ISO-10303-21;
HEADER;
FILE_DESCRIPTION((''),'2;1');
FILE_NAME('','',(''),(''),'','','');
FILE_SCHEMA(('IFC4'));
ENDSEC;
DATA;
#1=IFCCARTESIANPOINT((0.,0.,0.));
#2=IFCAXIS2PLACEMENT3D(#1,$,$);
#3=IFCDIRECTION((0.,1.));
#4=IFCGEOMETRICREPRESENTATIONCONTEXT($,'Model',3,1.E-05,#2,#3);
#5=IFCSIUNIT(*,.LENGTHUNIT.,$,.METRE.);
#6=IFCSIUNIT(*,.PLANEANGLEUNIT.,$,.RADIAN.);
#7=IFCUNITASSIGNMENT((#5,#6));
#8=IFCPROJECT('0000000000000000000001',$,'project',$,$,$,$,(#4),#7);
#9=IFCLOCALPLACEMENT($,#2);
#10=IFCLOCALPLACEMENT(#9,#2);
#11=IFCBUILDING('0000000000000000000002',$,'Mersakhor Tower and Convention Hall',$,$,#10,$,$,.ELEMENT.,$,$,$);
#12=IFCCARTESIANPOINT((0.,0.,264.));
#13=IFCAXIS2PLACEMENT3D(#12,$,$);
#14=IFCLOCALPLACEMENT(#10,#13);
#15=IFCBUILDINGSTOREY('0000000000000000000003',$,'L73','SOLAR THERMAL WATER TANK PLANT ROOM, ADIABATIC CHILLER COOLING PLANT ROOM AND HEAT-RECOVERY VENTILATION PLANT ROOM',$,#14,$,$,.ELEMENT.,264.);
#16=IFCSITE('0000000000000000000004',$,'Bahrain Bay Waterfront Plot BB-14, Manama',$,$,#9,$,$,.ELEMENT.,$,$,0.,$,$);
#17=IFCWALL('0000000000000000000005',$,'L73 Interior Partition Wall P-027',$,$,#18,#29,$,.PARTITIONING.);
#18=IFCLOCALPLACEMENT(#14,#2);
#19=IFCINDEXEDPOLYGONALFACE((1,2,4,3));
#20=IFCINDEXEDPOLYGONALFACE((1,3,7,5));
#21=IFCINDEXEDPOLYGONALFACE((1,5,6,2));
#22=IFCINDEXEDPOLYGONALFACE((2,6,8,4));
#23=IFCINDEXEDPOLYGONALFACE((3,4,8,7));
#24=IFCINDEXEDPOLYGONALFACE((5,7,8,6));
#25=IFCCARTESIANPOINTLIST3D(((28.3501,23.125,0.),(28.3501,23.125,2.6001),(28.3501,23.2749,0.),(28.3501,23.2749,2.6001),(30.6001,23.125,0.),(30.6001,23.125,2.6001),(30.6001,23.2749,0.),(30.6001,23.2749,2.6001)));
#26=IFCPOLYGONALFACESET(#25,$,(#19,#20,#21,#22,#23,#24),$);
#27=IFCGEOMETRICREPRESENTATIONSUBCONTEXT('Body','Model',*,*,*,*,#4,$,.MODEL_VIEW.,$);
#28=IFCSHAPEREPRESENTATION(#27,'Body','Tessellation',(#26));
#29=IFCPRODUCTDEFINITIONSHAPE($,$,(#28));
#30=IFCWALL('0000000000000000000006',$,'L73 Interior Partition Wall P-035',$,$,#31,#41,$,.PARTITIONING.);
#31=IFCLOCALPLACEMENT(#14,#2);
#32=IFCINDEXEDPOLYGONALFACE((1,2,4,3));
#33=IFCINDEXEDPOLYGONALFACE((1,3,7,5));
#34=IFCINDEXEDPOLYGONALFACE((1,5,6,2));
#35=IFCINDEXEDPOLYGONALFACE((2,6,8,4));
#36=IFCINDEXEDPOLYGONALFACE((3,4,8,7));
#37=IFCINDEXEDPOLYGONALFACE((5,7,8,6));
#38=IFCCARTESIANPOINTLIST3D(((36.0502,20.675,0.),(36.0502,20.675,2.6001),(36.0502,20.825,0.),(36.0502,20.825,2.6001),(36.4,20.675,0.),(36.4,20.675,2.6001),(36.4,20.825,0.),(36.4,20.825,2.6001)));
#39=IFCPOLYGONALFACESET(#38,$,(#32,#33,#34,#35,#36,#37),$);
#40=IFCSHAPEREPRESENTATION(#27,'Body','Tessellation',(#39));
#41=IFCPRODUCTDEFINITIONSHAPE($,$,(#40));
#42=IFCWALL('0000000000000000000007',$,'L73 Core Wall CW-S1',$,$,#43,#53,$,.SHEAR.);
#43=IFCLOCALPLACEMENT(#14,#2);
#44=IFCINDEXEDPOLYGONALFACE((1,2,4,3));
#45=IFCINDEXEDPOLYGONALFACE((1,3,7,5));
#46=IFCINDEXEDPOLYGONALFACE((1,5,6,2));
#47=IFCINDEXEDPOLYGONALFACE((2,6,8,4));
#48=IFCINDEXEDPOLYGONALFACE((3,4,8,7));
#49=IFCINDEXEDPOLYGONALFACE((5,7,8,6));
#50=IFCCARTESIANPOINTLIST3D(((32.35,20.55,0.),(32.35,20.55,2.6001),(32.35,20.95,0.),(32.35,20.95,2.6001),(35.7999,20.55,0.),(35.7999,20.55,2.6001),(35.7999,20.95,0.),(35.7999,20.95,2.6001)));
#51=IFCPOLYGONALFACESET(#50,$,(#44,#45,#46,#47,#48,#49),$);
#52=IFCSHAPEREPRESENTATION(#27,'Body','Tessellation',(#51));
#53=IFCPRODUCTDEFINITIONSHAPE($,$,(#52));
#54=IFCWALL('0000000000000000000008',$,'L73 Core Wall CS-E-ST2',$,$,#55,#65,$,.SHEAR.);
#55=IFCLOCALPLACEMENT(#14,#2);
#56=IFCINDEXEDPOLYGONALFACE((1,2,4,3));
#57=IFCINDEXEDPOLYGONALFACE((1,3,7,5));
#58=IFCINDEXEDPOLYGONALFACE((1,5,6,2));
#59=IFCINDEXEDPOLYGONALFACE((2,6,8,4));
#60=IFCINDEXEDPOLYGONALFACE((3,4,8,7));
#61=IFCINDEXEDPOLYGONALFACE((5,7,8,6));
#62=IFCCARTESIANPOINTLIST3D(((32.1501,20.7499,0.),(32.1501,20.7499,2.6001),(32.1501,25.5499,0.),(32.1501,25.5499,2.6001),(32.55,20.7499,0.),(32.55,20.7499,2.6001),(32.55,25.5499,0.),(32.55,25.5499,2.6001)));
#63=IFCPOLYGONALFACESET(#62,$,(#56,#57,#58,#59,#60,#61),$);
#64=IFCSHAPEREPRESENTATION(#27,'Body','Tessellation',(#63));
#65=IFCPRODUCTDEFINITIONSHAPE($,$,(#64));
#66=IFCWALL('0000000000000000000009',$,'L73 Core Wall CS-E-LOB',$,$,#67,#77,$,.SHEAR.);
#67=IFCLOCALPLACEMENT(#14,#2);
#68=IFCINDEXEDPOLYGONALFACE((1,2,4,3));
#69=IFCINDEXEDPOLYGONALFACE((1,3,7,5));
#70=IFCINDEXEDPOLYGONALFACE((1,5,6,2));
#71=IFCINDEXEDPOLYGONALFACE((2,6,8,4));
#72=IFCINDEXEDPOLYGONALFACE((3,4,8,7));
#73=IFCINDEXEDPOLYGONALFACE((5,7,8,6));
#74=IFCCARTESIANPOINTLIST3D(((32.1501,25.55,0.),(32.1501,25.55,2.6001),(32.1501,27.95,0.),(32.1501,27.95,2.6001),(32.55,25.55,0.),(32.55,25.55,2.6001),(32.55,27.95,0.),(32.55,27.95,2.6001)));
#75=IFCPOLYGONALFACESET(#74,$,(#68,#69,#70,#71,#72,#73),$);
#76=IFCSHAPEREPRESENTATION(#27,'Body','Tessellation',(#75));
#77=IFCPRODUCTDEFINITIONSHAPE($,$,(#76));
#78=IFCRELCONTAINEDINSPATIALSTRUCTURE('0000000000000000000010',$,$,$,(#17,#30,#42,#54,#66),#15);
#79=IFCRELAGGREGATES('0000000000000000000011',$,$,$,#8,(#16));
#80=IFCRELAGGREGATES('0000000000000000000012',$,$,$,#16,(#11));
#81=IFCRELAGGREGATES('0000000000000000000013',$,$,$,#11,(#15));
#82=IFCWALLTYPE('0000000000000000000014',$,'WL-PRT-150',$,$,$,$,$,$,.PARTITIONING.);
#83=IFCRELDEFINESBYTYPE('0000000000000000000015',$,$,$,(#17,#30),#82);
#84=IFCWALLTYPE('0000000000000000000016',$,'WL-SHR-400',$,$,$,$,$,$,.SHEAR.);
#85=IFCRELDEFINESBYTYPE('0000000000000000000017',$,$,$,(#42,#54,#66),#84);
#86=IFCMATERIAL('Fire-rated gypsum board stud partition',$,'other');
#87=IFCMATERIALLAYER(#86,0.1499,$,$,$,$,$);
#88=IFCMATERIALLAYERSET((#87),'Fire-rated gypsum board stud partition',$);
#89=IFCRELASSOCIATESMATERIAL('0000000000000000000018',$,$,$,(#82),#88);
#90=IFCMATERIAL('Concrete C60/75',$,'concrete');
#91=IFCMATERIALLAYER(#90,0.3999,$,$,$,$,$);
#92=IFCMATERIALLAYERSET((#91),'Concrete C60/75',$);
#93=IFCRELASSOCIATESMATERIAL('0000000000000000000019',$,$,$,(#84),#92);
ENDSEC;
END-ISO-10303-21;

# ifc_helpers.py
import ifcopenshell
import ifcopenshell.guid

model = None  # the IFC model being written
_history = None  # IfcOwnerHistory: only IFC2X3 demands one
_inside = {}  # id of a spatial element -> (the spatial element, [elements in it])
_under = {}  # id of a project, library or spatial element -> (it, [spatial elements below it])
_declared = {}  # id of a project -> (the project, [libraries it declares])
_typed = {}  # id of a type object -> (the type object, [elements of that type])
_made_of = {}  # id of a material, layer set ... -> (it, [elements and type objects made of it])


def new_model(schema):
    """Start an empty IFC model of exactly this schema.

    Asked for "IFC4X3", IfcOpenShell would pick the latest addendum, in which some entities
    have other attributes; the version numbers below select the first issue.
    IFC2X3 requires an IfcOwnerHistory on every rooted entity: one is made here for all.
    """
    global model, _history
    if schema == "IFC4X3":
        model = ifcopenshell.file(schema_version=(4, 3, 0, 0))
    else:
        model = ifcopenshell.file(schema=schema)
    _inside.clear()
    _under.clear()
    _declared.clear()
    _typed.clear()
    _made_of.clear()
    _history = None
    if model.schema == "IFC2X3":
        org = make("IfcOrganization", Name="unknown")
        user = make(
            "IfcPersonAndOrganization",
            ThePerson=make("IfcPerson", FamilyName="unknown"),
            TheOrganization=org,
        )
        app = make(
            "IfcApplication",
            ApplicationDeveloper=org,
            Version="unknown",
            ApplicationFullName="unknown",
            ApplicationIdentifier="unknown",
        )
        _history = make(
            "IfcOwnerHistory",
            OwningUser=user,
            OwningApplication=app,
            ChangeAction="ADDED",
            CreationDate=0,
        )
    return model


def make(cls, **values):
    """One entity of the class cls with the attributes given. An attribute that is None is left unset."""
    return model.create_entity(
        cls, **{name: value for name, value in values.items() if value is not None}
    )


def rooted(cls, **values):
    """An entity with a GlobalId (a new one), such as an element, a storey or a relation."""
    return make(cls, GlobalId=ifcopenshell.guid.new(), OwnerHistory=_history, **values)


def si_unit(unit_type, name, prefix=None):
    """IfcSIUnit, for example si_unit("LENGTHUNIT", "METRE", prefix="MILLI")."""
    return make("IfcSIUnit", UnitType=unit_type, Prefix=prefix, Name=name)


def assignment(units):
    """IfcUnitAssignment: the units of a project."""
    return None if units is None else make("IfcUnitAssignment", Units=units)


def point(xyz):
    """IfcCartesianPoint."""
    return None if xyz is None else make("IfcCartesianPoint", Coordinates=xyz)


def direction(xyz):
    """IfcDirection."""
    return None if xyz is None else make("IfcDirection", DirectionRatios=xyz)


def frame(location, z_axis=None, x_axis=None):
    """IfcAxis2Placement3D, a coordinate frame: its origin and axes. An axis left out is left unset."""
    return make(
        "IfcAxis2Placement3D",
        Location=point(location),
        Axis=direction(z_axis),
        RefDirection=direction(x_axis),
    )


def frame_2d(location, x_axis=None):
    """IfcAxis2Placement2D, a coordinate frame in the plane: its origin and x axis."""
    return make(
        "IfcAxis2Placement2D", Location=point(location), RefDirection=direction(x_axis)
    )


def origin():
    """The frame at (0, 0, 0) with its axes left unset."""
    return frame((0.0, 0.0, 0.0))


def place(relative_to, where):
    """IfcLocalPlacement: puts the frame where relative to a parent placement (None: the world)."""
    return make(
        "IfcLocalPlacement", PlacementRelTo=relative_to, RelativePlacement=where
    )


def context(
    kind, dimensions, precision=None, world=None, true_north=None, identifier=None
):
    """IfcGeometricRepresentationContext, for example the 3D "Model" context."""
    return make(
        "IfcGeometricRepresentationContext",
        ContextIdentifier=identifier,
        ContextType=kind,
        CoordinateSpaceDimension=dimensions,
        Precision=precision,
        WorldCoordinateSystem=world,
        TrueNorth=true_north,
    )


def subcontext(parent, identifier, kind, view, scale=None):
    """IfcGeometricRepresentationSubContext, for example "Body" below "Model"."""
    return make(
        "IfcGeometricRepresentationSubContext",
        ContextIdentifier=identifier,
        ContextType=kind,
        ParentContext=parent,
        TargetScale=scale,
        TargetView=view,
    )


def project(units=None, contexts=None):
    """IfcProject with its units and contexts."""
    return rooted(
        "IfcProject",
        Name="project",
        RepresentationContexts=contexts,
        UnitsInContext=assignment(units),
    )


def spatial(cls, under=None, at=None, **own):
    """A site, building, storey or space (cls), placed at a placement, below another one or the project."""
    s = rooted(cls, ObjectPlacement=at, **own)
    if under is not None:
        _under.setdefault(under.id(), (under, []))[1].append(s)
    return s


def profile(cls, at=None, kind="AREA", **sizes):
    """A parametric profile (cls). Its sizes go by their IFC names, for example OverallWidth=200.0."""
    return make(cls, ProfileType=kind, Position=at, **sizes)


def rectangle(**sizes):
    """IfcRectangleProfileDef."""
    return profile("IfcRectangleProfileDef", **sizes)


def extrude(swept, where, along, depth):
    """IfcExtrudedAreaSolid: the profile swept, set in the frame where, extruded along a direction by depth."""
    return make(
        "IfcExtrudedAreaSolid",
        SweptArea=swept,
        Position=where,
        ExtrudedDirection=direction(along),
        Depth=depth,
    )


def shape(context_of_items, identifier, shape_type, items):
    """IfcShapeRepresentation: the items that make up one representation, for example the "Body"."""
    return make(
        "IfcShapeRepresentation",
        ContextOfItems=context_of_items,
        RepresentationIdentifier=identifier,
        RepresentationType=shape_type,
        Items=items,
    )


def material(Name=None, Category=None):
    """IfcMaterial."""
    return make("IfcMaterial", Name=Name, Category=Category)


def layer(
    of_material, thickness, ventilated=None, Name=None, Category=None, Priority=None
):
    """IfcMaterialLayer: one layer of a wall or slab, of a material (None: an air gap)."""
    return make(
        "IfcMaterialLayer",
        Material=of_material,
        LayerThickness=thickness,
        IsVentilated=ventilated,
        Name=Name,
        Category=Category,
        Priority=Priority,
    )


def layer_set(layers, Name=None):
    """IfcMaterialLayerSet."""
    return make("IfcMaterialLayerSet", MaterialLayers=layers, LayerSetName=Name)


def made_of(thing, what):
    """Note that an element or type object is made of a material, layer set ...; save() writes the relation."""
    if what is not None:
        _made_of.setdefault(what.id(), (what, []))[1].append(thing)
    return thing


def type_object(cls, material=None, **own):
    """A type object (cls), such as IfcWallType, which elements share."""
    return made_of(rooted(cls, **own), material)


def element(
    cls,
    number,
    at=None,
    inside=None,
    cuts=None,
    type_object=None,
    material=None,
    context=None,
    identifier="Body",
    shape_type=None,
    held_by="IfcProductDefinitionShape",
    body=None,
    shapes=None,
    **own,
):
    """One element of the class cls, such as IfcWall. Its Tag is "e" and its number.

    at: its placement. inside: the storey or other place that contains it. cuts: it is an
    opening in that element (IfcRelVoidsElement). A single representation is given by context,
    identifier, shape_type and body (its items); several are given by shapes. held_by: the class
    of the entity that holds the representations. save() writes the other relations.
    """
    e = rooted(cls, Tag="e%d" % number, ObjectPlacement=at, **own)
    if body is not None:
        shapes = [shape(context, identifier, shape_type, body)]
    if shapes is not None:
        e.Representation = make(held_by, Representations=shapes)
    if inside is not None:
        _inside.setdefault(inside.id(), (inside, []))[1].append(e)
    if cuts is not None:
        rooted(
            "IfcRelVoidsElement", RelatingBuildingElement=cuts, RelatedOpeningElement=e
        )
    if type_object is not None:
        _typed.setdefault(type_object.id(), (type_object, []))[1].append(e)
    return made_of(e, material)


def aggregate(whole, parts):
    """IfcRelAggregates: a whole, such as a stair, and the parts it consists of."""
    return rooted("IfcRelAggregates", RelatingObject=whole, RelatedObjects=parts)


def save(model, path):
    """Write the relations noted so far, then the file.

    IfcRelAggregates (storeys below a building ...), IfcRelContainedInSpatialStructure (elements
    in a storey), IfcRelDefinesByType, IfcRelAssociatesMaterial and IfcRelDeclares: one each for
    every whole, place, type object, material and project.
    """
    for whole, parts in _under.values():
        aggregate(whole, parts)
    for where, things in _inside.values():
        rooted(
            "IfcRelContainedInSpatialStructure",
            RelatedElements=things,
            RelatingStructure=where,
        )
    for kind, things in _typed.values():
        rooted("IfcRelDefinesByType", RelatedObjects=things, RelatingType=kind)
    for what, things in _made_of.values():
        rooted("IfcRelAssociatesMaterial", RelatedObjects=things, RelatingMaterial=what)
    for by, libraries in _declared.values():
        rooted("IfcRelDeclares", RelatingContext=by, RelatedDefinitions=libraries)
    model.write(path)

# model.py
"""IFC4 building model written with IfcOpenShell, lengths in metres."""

from ifc_helpers import new_model, si_unit, direction, frame, frame_2d, origin, place, context, subcontext, project, spatial, rectangle, extrude, material, layer, layer_set, type_object, element, save


model = new_model("IFC4")

# Units and contexts
model_context = context("Model", 3, precision=1e-05, world=origin(), true_north=direction((0.0, 1.0)))
body_context = subcontext(model_context, "Body", "Model", "MODEL_VIEW")
ifc_project = project(units=[si_unit("LENGTHUNIT", "METRE"), si_unit("PLANEANGLEUNIT", "RADIAN")], contexts=[model_context])

# Site, building, storey
site_placement = place(None, origin())
site = spatial("IfcSite", under=ifc_project, at=site_placement, Name="Bahrain Bay Waterfront Plot BB-14, Manama", CompositionType="ELEMENT", RefElevation=0.0)
building_placement = place(site_placement, origin())
building = spatial("IfcBuilding", under=site, at=building_placement, Name="Mersakhor Tower and Convention Hall", CompositionType="ELEMENT")
storey_placement = place(building_placement, frame((0.0, 0.0, 264.0)))
storey = spatial("IfcBuildingStorey", under=building, at=storey_placement, Name="L73", Description="SOLAR THERMAL WATER TANK PLANT ROOM, ADIABATIC CHILLER COOLING PLANT ROOM AND HEAT-RECOVERY VENTILATION PLANT ROOM", CompositionType="ELEMENT", Elevation=264.0)

# Shared definitions
ifc_material_1 = material(Name="Fire-rated gypsum board stud partition", Category="other")
ifc_layer_1 = layer(ifc_material_1, 0.1499)
ifc_layer_set_1 = layer_set([ifc_layer_1], Name="Fire-rated gypsum board stud partition")
wall_type_1 = type_object("IfcWallType", Name="WL-PRT-150", PredefinedType="PARTITIONING", material=ifc_layer_set_1)

# Walls
wall_1_placement = place(storey_placement, frame((30.6001, 23.2, 0.0), z_axis=(0.0, 0.0, 1.0), x_axis=(-1.0, 0.0, 0.0)))
element("IfcWall", 1, at=wall_1_placement, inside=storey, type_object=wall_type_1, Name="L73 Interior Partition Wall P-027", PredefinedType="PARTITIONING", context=body_context, shape_type="SweptSolid", body=[
    extrude(rectangle(XDim=2.25, YDim=0.1499, at=frame_2d((1.125, 0.0))), origin(), (0.0, 0.0, 1.0), 2.6001),
])
wall_2_placement = place(storey_placement, frame((36.3999, 20.75, 0.0), z_axis=(0.0, 0.0, 1.0), x_axis=(-1.0, 0.0, 0.0)))
element("IfcWall", 2, at=wall_2_placement, inside=storey, type_object=wall_type_1, Name="L73 Interior Partition Wall P-035", PredefinedType="PARTITIONING", context=body_context, shape_type="SweptSolid", body=[
    extrude(rectangle(XDim=0.3499, YDim=0.1499, at=frame_2d((0.1748, 0.0))), origin(), (0.0, 0.0, 1.0), 2.6001),
])
ifc_material_2 = material(Name="Concrete C60/75", Category="concrete")
ifc_layer_2 = layer(ifc_material_2, 0.3999)
ifc_layer_set_2 = layer_set([ifc_layer_2], Name="Concrete C60/75")
wall_type_2 = type_object("IfcWallType", Name="WL-SHR-400", PredefinedType="SHEAR", material=ifc_layer_set_2)
wall_3_placement = place(storey_placement, frame((35.8, 20.75, 0.0), z_axis=(0.0, 0.0, 1.0), x_axis=(-1.0, 0.0, 0.0)))
element("IfcWall", 3, at=wall_3_placement, inside=storey, type_object=wall_type_2, Name="L73 Core Wall CW-S1", PredefinedType="SHEAR", context=body_context, shape_type="SweptSolid", body=[
    extrude(rectangle(XDim=3.45, YDim=0.3999, at=frame_2d((1.7251, 0.0))), origin(), (0.0, 0.0, 1.0), 2.6001),
])

# Walls
wall_4_placement = place(storey_placement, frame((32.3501, 20.75, 0.0), z_axis=(0.0, 0.0, 1.0), x_axis=(0.0, 1.0, 0.0)))
element("IfcWall", 4, at=wall_4_placement, inside=storey, type_object=wall_type_2, Name="L73 Core Wall CS-E-ST2", PredefinedType="SHEAR", context=body_context, shape_type="SweptSolid", body=[
    extrude(rectangle(XDim=4.8, YDim=0.3999, at=frame_2d((2.3999, 0.0))), origin(), (0.0, 0.0, 1.0), 2.6001),
])
wall_5_placement = place(storey_placement, frame((32.3501, 25.55, 0.0), z_axis=(0.0, 0.0, 1.0), x_axis=(0.0, 1.0, 0.0)))
element("IfcWall", 5, at=wall_5_placement, inside=storey, type_object=wall_type_2, Name="L73 Core Wall CS-E-LOB", PredefinedType="SHEAR", context=body_context, shape_type="SweptSolid", body=[
    extrude(rectangle(XDim=2.3999, YDim=0.3999, at=frame_2d((1.2, 0.0))), origin(), (0.0, 0.0, 1.0), 2.6001),
])

save(model, "model.ifc")
